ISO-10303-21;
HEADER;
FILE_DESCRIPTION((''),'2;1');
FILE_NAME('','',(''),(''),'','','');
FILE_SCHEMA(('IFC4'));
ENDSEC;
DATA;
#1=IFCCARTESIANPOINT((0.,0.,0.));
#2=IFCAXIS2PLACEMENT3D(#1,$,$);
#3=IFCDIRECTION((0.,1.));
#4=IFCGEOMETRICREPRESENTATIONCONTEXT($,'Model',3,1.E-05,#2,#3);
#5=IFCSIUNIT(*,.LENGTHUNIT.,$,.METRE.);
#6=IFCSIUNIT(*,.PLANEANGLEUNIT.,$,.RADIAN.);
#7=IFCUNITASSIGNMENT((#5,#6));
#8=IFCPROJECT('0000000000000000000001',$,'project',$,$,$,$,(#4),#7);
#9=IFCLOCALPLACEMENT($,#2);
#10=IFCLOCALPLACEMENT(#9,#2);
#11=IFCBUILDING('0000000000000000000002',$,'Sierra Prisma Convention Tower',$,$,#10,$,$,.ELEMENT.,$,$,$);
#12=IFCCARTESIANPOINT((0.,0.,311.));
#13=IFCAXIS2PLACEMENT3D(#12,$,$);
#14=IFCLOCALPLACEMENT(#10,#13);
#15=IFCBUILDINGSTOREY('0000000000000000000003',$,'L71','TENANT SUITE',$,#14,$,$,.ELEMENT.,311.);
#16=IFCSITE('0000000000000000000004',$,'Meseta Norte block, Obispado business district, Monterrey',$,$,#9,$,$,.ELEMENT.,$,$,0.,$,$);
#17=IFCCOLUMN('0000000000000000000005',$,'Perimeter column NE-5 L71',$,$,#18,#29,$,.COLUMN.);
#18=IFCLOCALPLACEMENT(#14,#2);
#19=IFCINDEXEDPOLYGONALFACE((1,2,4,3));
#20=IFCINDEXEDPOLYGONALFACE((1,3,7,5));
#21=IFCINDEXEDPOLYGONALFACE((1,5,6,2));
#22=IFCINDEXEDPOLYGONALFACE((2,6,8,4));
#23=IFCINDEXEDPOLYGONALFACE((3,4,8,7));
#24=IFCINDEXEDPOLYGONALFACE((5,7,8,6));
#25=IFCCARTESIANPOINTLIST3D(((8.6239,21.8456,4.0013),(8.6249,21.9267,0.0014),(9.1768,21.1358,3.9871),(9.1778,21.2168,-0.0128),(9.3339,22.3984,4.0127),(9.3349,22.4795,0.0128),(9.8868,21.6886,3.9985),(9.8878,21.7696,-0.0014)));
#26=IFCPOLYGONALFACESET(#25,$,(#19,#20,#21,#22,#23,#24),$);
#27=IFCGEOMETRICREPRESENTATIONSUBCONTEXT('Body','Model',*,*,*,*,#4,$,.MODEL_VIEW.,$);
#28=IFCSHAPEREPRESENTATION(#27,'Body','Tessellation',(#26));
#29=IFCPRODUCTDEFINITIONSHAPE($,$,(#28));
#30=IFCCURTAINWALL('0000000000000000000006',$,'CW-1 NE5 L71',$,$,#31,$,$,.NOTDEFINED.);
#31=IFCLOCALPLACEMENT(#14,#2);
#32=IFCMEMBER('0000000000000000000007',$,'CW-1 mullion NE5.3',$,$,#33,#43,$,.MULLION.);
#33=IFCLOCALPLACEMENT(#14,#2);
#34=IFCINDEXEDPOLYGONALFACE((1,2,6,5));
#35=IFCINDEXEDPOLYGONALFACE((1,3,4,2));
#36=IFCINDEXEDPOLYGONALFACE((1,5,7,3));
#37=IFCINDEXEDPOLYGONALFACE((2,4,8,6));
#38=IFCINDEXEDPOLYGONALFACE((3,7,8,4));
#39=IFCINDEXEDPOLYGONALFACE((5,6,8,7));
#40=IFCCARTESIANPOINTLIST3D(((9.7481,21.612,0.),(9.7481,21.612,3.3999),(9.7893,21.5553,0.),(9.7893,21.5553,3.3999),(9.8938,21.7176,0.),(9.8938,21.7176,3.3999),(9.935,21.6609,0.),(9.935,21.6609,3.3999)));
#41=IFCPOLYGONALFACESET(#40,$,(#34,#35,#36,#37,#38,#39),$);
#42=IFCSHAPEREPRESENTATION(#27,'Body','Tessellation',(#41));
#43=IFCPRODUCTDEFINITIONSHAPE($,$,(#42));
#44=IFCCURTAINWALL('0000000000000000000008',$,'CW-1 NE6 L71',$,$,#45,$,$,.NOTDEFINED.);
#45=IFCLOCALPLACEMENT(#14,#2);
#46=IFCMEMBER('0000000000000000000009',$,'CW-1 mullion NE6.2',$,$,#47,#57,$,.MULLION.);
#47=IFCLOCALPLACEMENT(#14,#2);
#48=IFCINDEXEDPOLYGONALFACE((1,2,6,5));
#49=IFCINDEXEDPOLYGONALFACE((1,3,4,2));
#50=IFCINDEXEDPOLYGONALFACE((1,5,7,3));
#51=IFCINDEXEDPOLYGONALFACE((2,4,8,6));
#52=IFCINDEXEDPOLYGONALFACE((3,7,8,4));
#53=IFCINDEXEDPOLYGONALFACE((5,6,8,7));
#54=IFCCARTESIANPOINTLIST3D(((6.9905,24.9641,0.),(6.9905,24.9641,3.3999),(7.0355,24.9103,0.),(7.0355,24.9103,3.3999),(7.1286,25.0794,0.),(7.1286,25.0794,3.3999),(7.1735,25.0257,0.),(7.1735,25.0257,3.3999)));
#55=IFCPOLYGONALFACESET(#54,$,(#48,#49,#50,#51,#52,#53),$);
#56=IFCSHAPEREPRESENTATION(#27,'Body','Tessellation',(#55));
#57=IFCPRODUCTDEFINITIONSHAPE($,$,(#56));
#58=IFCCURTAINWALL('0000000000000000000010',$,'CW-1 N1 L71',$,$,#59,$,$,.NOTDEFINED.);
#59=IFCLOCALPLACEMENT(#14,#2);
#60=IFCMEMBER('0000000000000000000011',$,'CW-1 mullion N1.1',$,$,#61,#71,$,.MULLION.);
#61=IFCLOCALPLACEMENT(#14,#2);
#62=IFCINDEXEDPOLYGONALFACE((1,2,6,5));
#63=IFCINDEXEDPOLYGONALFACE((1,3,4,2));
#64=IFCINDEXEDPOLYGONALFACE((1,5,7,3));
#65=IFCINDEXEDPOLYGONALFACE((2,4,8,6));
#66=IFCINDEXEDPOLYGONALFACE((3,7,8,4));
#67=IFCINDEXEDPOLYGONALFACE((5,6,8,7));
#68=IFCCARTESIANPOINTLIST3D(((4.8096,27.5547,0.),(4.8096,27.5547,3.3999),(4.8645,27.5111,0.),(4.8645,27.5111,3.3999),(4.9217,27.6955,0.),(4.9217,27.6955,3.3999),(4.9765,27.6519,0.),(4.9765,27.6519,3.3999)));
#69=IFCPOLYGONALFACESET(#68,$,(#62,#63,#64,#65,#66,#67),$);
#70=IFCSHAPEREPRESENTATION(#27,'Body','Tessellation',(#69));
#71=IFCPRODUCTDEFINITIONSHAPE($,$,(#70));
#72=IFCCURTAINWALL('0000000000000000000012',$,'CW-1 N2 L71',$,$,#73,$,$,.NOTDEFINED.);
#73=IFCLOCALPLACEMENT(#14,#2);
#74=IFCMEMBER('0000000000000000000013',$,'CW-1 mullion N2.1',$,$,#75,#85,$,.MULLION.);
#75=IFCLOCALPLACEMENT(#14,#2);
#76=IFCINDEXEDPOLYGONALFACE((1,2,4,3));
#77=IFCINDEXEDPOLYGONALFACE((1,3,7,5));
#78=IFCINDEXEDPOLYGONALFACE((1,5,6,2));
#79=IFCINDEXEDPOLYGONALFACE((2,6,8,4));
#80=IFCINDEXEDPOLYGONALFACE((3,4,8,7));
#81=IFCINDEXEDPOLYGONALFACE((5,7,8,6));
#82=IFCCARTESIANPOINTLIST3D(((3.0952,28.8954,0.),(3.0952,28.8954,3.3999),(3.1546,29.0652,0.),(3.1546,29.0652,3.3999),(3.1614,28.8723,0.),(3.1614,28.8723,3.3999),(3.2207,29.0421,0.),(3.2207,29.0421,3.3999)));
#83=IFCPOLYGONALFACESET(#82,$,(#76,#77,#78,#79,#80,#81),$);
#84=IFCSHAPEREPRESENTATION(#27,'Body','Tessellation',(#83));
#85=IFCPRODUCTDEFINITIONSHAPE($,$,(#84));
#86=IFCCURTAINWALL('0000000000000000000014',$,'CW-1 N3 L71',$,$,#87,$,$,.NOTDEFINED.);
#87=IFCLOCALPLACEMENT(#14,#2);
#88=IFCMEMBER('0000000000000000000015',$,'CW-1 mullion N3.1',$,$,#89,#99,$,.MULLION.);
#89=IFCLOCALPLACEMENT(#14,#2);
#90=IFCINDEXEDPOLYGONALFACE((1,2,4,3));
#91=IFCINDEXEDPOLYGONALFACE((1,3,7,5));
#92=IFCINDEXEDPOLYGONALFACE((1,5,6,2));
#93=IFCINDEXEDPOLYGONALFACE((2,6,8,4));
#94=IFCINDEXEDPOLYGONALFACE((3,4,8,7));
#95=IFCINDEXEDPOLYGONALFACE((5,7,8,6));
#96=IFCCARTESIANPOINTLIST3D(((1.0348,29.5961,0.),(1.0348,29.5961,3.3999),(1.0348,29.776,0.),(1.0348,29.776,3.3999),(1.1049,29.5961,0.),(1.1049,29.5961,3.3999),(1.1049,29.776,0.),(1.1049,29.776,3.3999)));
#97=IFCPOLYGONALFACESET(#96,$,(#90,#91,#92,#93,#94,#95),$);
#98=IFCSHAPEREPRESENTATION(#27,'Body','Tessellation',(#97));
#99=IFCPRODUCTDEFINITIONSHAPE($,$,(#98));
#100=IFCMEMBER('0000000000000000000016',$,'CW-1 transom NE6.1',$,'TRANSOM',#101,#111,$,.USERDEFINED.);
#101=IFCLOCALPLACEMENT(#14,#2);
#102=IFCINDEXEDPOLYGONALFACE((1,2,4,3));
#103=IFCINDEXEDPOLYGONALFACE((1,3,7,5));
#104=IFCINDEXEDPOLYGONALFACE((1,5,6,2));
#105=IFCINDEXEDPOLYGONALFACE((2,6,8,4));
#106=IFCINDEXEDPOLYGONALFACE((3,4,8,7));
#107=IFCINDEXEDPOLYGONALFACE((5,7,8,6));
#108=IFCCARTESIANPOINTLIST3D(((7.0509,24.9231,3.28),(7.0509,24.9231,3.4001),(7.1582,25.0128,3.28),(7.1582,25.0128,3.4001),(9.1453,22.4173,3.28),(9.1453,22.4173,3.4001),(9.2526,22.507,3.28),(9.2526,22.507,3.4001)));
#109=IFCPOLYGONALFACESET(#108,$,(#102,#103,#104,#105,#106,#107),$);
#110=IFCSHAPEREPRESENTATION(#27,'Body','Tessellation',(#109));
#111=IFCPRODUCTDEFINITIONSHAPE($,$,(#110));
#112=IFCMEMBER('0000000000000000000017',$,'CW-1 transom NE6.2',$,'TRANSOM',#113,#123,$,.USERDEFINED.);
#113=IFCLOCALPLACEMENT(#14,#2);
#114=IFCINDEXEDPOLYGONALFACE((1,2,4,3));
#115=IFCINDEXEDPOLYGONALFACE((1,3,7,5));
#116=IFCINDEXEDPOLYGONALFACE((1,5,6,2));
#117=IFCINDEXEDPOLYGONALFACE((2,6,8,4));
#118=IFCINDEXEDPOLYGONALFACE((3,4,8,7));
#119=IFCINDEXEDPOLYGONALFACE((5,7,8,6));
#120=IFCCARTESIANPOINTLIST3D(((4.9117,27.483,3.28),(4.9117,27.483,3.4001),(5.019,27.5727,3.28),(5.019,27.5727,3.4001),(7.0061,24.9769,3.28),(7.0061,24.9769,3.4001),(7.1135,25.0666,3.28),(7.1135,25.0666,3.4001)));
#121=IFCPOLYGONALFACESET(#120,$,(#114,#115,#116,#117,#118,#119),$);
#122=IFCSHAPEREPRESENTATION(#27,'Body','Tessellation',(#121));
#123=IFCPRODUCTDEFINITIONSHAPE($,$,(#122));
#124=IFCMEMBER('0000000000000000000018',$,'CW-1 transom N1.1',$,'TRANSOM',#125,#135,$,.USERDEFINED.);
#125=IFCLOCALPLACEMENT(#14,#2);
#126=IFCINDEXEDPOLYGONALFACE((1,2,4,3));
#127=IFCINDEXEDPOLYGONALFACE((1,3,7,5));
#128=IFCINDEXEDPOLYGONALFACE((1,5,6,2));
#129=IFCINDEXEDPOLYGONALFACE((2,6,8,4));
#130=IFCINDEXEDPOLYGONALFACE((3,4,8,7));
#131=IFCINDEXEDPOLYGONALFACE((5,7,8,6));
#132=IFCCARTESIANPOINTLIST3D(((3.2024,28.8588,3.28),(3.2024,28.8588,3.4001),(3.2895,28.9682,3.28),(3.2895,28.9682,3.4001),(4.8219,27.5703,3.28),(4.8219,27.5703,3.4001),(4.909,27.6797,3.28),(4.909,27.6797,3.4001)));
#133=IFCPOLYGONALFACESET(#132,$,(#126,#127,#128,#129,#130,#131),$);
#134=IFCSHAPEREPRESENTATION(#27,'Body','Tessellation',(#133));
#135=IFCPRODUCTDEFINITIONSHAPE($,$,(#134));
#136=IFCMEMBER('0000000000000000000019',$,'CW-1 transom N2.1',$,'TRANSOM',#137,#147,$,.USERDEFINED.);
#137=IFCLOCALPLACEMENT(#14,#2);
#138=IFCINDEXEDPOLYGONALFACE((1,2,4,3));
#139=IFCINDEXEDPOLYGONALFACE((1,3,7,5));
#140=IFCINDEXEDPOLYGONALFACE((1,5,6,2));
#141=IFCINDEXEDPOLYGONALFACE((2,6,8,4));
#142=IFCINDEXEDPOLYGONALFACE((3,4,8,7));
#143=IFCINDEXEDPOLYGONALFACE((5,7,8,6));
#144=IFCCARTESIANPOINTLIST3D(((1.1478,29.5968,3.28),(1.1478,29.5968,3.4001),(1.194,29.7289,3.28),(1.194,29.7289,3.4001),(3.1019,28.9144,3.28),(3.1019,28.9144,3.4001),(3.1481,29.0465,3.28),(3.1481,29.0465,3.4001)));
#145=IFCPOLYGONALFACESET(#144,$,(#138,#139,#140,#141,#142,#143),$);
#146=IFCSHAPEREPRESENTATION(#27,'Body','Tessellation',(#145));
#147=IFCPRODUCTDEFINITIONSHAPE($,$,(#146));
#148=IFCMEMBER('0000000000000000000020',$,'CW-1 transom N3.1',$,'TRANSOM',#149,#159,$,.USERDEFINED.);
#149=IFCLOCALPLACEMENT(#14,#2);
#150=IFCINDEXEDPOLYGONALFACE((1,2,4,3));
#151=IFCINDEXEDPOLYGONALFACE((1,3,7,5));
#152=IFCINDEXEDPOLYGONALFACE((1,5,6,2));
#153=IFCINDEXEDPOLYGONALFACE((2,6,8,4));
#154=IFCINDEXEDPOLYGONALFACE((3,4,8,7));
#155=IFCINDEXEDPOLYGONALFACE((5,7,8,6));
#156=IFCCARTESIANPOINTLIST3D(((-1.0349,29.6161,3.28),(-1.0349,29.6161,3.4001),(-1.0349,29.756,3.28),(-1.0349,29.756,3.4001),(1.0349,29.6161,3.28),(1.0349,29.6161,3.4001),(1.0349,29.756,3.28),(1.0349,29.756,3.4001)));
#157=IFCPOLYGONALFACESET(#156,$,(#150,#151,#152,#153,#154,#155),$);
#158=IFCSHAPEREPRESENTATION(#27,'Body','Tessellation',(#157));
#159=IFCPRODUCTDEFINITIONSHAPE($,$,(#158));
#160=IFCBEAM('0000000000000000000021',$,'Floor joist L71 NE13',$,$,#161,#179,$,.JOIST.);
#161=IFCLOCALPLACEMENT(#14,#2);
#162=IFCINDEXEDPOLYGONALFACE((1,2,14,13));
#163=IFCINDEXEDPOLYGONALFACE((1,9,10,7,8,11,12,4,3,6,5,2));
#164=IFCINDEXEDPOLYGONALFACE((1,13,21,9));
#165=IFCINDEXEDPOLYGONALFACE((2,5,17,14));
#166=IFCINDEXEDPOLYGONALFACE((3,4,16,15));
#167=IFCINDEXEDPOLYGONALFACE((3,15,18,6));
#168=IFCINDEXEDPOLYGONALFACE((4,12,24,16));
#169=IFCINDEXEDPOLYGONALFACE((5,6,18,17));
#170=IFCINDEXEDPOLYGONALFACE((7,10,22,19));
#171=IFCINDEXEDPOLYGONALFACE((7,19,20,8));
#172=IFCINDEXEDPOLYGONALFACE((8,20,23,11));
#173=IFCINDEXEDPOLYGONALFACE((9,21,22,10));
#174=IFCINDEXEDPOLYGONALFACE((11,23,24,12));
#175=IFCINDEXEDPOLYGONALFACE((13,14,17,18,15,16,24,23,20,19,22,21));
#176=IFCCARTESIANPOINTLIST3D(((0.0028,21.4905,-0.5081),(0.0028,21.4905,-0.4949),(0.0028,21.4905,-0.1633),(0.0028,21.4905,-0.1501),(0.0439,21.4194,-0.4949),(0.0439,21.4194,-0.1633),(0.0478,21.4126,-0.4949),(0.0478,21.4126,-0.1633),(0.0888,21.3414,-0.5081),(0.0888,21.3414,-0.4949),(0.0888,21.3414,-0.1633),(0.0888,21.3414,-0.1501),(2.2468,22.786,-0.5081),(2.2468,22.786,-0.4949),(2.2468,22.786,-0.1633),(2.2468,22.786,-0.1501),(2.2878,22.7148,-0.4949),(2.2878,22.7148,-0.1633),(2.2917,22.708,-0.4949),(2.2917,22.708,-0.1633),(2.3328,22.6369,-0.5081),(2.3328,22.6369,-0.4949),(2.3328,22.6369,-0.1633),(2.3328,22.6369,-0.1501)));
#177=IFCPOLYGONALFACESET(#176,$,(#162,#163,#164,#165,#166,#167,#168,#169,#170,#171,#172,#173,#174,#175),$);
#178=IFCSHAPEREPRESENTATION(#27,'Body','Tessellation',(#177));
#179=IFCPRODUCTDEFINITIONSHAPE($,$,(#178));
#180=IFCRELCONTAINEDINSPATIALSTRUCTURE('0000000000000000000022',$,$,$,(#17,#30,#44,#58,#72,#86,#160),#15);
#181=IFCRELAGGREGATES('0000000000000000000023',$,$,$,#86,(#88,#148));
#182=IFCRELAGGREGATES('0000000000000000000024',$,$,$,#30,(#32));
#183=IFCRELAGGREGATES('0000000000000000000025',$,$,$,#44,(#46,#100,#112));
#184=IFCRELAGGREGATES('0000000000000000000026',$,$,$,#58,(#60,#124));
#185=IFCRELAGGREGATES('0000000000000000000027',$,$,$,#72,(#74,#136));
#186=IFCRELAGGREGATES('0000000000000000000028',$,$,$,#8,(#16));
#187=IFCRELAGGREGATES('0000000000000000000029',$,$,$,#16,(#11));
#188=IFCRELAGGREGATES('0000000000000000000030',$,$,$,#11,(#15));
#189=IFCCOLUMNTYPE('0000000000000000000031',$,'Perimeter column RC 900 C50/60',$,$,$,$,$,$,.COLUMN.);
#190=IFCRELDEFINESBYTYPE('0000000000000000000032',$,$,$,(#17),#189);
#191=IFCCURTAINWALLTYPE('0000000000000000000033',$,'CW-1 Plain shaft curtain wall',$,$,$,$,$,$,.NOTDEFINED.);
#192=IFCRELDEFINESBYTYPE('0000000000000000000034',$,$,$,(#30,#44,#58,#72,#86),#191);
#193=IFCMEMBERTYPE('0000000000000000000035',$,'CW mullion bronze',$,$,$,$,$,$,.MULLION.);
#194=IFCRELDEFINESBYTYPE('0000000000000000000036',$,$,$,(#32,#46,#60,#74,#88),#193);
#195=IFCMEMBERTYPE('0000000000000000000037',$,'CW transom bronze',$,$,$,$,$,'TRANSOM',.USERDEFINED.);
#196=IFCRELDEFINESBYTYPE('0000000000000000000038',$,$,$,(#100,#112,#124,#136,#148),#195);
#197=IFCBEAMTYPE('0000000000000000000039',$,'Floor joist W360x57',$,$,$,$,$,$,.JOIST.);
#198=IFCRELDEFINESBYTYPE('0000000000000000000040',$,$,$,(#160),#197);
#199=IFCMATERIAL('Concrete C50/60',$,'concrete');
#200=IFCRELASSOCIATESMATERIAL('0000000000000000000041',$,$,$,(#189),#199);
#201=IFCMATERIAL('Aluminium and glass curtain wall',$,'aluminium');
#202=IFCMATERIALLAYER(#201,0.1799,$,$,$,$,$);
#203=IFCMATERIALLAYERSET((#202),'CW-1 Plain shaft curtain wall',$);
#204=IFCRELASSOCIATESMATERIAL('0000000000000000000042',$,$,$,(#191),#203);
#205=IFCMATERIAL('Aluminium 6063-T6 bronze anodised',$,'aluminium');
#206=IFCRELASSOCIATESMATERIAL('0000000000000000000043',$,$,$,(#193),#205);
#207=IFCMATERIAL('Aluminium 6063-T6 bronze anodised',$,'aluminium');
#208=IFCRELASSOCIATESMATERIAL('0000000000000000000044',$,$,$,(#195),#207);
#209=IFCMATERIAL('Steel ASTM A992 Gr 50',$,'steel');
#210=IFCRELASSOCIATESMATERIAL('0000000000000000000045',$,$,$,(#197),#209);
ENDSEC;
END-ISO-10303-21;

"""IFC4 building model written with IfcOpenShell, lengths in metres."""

from ifc_helpers import new_model, si_unit, direction, frame, origin, origin_2d, place, context, subcontext, project, spatial, rectangle, i_section, extrude, material, layer, layer_set, material_profile, profile_set, type_object, element, aggregate, save


model = new_model("IFC4")

# Units and contexts
model_context = context("Model", 3, precision=1e-05, world=origin(), true_north=direction((0.0, 1.0)))
body_context = subcontext(model_context, "Body", "Model", "MODEL_VIEW")
ifc_project = project(units=[si_unit("LENGTHUNIT", "METRE"), si_unit("PLANEANGLEUNIT", "RADIAN")], contexts=[model_context])

# Site, building, storey
site_placement = place(None, origin())
site = spatial("IfcSite", under=ifc_project, at=site_placement, Name="Meseta Norte block, Obispado business district, Monterrey", CompositionType="ELEMENT", RefElevation=0.0)
building_placement = place(site_placement, origin())
building = spatial("IfcBuilding", under=site, at=building_placement, Name="Sierra Prisma Convention Tower", CompositionType="ELEMENT")
storey_placement = place(building_placement, frame((0.0, 0.0, 311.0)))
storey = spatial("IfcBuildingStorey", under=building, at=storey_placement, Name="L71", Description="TENANT SUITE", CompositionType="ELEMENT", Elevation=311.0)

# Column
ifc_material_1 = material(Name="Concrete C50/60", Category="concrete")
ifc_material_profile_1 = material_profile(ifc_material_1, rectangle(XDim=0.8999, YDim=0.8999, at=origin_2d()), Name="Perimeter column RC 900 C50/60")
ifc_profile_set_1 = profile_set([ifc_material_profile_1], Name="Concrete C50/60")
column_type = type_object("IfcColumnType", Name="Perimeter column RC 900 C50/60", PredefinedType="COLUMN", material=ifc_profile_set_1)
column_placement = place(storey_placement, frame((9.2563, 21.8481, 0.0), z_axis=(-0.000244, -0.02026, 0.999795), x_axis=(-0.614435, 0.788808, 0.015834)))
element("IfcColumn", 1, at=column_placement, inside=storey, type_object=column_type, Name="Perimeter column NE-5 L71", PredefinedType="COLUMN", context=body_context, shape_type="SweptSolid", body=[
    extrude(rectangle(XDim=0.8999, YDim=0.8999, at=origin_2d()), origin(), (0.0, 0.0, 1.0), 4.0007),
])

# Curtain walls, members
ifc_material_2 = material(Name="Aluminium and glass curtain wall", Category="aluminium")
ifc_layer_1 = layer(ifc_material_2, 0.1799)
ifc_layer_set_1 = layer_set([ifc_layer_1], Name="CW-1 Plain shaft curtain wall")
curtain_wall_type = type_object("IfcCurtainWallType", Name="CW-1 Plain shaft curtain wall", PredefinedType="NOTDEFINED", material=ifc_layer_set_1)
curtain_wall_1_placement = place(storey_placement, origin())
curtain_wall_1 = element("IfcCurtainWall", 2, at=curtain_wall_1_placement, inside=storey, type_object=curtain_wall_type, Name="CW-1 NE5 L71", PredefinedType="NOTDEFINED")
ifc_material_3 = material(Name="Aluminium 6063-T6 bronze anodised", Category="aluminium")
ifc_material_profile_2 = material_profile(ifc_material_3, rectangle(XDim=0.1799, YDim=0.0701, at=origin_2d()), Name="ALU MULLION 70x180")
ifc_profile_set_2 = profile_set([ifc_material_profile_2], Name="Aluminium 6063-T6 bronze anodised")
member_type_1 = type_object("IfcMemberType", Name="CW mullion bronze", PredefinedType="MULLION", material=ifc_profile_set_2)
member_1_placement = place(storey_placement, frame((9.8416, 21.6365, 0.0), z_axis=(0.0, 0.0, 1.0), x_axis=(-0.809702, -0.586841, 0.0)))
member_1 = element("IfcMember", 3, at=member_1_placement, type_object=member_type_1, Name="CW-1 mullion NE5.3", PredefinedType="MULLION", context=body_context, shape_type="SweptSolid", body=[
    extrude(rectangle(XDim=0.1799, YDim=0.0701, at=origin_2d()), origin(), (0.0, 0.0, 1.0), 3.3999),
])
curtain_wall_2_placement = place(storey_placement, origin())
curtain_wall_2 = element("IfcCurtainWall", 4, at=curtain_wall_2_placement, inside=storey, type_object=curtain_wall_type, Name="CW-1 NE6 L71", PredefinedType="NOTDEFINED")
member_2_placement = place(storey_placement, frame((7.082, 24.9949, 0.0), z_axis=(0.0, 0.0, 1.0), x_axis=(-0.767293, -0.641297, 0.0)))
member_2 = element("IfcMember", 5, at=member_2_placement, type_object=member_type_1, Name="CW-1 mullion NE6.2", PredefinedType="MULLION", context=body_context, shape_type="SweptSolid", body=[
    extrude(rectangle(XDim=0.1799, YDim=0.0701, at=origin_2d()), origin(), (0.0, 0.0, 1.0), 3.3999),
])
curtain_wall_3_placement = place(storey_placement, origin())
curtain_wall_3 = element("IfcCurtainWall", 6, at=curtain_wall_3_placement, inside=storey, type_object=curtain_wall_type, Name="CW-1 N1 L71", PredefinedType="NOTDEFINED")
member_3_placement = place(storey_placement, frame((4.8931, 27.6033, 0.0), z_axis=(0.0, 0.0, 1.0), x_axis=(-0.62261, -0.782533, 0.0)))
member_3 = element("IfcMember", 7, at=member_3_placement, type_object=member_type_1, Name="CW-1 mullion N1.1", PredefinedType="MULLION", context=body_context, shape_type="SweptSolid", body=[
    extrude(rectangle(XDim=0.1799, YDim=0.0701, at=origin_2d()), origin(), (0.0, 0.0, 1.0), 3.3999),
])
curtain_wall_4_placement = place(storey_placement, origin())
curtain_wall_4 = element("IfcCurtainWall", 8, at=curtain_wall_4_placement, inside=storey, type_object=curtain_wall_type, Name="CW-1 N2 L71", PredefinedType="NOTDEFINED")
member_4_placement = place(storey_placement, frame((3.158, 28.9688, 0.0), z_axis=(0.0, 0.0, 1.0), x_axis=(-0.329748, -0.944069, 0.0)))
member_4 = element("IfcMember", 9, at=member_4_placement, type_object=member_type_1, Name="CW-1 mullion N2.1", PredefinedType="MULLION", context=body_context, shape_type="SweptSolid", body=[
    extrude(rectangle(XDim=0.1799, YDim=0.0701, at=origin_2d()), origin(), (0.0, 0.0, 1.0), 3.3999),
])
curtain_wall_5_placement = place(storey_placement, origin())
curtain_wall_5 = element("IfcCurtainWall", 10, at=curtain_wall_5_placement, inside=storey, type_object=curtain_wall_type, Name="CW-1 N3 L71", PredefinedType="NOTDEFINED")
member_5_placement = place(storey_placement, frame((1.0698, 29.686, 0.0), z_axis=(0.0, 0.0, 1.0), x_axis=(0.0, -1.0, 0.0)))
member_5 = element("IfcMember", 11, at=member_5_placement, type_object=member_type_1, Name="CW-1 mullion N3.1", PredefinedType="MULLION", context=body_context, shape_type="SweptSolid", body=[
    extrude(rectangle(XDim=0.1799, YDim=0.0701, at=origin_2d()), origin(), (0.0, 0.0, 1.0), 3.3999),
])

# Members
ifc_material_4 = material(Name="Aluminium 6063-T6 bronze anodised", Category="aluminium")
ifc_material_profile_3 = material_profile(ifc_material_4, rectangle(XDim=0.1399, YDim=0.1201, at=origin_2d()), Name="ALU TRANSOM 120x140")
ifc_profile_set_3 = profile_set([ifc_material_profile_3], Name="Aluminium 6063-T6 bronze anodised")
member_type_2 = type_object("IfcMemberType", Name="CW transom bronze", ElementType="TRANSOM", PredefinedType="USERDEFINED", material=ifc_profile_set_3)
member_6_placement = place(storey_placement, frame((9.199, 22.4622, 3.3401), z_axis=(-0.641316, 0.767277, 0.0), x_axis=(-0.767277, -0.641316, 0.0)))
member_6 = element("IfcMember", 12, at=member_6_placement, type_object=member_type_2, Name="CW-1 transom NE6.1", ObjectType="TRANSOM", PredefinedType="USERDEFINED", context=body_context, shape_type="SweptSolid", body=[
    extrude(rectangle(XDim=0.1399, YDim=0.1201, at=origin_2d()), origin(), (0.0, 0.0, 1.0), 3.2659),
])
member_7_placement = place(storey_placement, frame((7.0598, 25.0217, 3.3401), z_axis=(-0.641279, 0.767308, 0.0), x_axis=(-0.767308, -0.641279, 0.0)))
member_7 = element("IfcMember", 13, at=member_7_placement, type_object=member_type_2, Name="CW-1 transom NE6.2", ObjectType="TRANSOM", PredefinedType="USERDEFINED", context=body_context, shape_type="SweptSolid", body=[
    extrude(rectangle(XDim=0.1399, YDim=0.1201, at=origin_2d()), origin(), (0.0, 0.0, 1.0), 3.2661),
])
member_8_placement = place(storey_placement, frame((4.8655, 27.625, 3.3401), z_axis=(-0.782546, 0.622593, 0.0), x_axis=(-0.622593, -0.782546, 0.0)))
member_8 = element("IfcMember", 14, at=member_8_placement, type_object=member_type_2, Name="CW-1 transom N1.1", ObjectType="TRANSOM", PredefinedType="USERDEFINED", context=body_context, shape_type="SweptSolid", body=[
    extrude(rectangle(XDim=0.1399, YDim=0.1201, at=origin_2d()), origin(), (0.0, 0.0, 1.0), 2.0696),
])
member_9_placement = place(storey_placement, frame((3.125, 28.9805, 3.3401), z_axis=(-0.944093, 0.329678, 0.0), x_axis=(-0.329678, -0.944093, 0.0)))
member_9 = element("IfcMember", 15, at=member_9_placement, type_object=member_type_2, Name="CW-1 transom N2.1", ObjectType="TRANSOM", PredefinedType="USERDEFINED", context=body_context, shape_type="SweptSolid", body=[
    extrude(rectangle(XDim=0.1399, YDim=0.1201, at=origin_2d()), origin(), (0.0, 0.0, 1.0), 2.0698),
])
member_10_placement = place(storey_placement, frame((1.0349, 29.686, 3.3401), z_axis=(-1.0, 0.0, 0.0), x_axis=(0.0, -1.0, 0.0)))
member_10 = element("IfcMember", 16, at=member_10_placement, type_object=member_type_2, Name="CW-1 transom N3.1", ObjectType="TRANSOM", PredefinedType="USERDEFINED", context=body_context, shape_type="SweptSolid", body=[
    extrude(rectangle(XDim=0.1399, YDim=0.1201, at=origin_2d()), origin(), (0.0, 0.0, 1.0), 2.0698),
])
aggregate(curtain_wall_5, [member_5, member_10])

# Beam
ifc_material_5 = material(Name="Steel ASTM A992 Gr 50", Category="steel")
ifc_material_profile_4 = material_profile(ifc_material_5, i_section(OverallWidth=0.1721, OverallDepth=0.3579, WebThickness=0.0078, FlangeThickness=0.0132, at=origin_2d()), Name="W360x57")
ifc_profile_set_4 = profile_set([ifc_material_profile_4], Name="Steel ASTM A992 Gr 50")
beam_type_1 = type_object("IfcBeamType", Name="Floor joist W360x57", PredefinedType="JOIST", material=ifc_profile_set_4)
beam_1_placement = place(storey_placement, frame((2.2898, 22.7114, -0.3291), z_axis=(-0.866043, -0.49997, 0.0), x_axis=(0.49997, -0.866043, 0.0)))
element("IfcBeam", 17, at=beam_1_placement, inside=storey, type_object=beam_type_1, Name="Floor joist L71 NE13", PredefinedType="JOIST", context=body_context, shape_type="SweptSolid", body=[
    extrude(i_section(OverallWidth=0.1721, OverallDepth=0.3579, WebThickness=0.0078, FlangeThickness=0.0132, at=origin_2d()), origin(), (0.0, 0.0, 1.0), 2.5911),
])

aggregate(curtain_wall_1, [member_1])
aggregate(curtain_wall_2, [member_2, member_6, member_7])
aggregate(curtain_wall_3, [member_3, member_8])
aggregate(curtain_wall_4, [member_4, member_9])

save(model, "model.ifc")
